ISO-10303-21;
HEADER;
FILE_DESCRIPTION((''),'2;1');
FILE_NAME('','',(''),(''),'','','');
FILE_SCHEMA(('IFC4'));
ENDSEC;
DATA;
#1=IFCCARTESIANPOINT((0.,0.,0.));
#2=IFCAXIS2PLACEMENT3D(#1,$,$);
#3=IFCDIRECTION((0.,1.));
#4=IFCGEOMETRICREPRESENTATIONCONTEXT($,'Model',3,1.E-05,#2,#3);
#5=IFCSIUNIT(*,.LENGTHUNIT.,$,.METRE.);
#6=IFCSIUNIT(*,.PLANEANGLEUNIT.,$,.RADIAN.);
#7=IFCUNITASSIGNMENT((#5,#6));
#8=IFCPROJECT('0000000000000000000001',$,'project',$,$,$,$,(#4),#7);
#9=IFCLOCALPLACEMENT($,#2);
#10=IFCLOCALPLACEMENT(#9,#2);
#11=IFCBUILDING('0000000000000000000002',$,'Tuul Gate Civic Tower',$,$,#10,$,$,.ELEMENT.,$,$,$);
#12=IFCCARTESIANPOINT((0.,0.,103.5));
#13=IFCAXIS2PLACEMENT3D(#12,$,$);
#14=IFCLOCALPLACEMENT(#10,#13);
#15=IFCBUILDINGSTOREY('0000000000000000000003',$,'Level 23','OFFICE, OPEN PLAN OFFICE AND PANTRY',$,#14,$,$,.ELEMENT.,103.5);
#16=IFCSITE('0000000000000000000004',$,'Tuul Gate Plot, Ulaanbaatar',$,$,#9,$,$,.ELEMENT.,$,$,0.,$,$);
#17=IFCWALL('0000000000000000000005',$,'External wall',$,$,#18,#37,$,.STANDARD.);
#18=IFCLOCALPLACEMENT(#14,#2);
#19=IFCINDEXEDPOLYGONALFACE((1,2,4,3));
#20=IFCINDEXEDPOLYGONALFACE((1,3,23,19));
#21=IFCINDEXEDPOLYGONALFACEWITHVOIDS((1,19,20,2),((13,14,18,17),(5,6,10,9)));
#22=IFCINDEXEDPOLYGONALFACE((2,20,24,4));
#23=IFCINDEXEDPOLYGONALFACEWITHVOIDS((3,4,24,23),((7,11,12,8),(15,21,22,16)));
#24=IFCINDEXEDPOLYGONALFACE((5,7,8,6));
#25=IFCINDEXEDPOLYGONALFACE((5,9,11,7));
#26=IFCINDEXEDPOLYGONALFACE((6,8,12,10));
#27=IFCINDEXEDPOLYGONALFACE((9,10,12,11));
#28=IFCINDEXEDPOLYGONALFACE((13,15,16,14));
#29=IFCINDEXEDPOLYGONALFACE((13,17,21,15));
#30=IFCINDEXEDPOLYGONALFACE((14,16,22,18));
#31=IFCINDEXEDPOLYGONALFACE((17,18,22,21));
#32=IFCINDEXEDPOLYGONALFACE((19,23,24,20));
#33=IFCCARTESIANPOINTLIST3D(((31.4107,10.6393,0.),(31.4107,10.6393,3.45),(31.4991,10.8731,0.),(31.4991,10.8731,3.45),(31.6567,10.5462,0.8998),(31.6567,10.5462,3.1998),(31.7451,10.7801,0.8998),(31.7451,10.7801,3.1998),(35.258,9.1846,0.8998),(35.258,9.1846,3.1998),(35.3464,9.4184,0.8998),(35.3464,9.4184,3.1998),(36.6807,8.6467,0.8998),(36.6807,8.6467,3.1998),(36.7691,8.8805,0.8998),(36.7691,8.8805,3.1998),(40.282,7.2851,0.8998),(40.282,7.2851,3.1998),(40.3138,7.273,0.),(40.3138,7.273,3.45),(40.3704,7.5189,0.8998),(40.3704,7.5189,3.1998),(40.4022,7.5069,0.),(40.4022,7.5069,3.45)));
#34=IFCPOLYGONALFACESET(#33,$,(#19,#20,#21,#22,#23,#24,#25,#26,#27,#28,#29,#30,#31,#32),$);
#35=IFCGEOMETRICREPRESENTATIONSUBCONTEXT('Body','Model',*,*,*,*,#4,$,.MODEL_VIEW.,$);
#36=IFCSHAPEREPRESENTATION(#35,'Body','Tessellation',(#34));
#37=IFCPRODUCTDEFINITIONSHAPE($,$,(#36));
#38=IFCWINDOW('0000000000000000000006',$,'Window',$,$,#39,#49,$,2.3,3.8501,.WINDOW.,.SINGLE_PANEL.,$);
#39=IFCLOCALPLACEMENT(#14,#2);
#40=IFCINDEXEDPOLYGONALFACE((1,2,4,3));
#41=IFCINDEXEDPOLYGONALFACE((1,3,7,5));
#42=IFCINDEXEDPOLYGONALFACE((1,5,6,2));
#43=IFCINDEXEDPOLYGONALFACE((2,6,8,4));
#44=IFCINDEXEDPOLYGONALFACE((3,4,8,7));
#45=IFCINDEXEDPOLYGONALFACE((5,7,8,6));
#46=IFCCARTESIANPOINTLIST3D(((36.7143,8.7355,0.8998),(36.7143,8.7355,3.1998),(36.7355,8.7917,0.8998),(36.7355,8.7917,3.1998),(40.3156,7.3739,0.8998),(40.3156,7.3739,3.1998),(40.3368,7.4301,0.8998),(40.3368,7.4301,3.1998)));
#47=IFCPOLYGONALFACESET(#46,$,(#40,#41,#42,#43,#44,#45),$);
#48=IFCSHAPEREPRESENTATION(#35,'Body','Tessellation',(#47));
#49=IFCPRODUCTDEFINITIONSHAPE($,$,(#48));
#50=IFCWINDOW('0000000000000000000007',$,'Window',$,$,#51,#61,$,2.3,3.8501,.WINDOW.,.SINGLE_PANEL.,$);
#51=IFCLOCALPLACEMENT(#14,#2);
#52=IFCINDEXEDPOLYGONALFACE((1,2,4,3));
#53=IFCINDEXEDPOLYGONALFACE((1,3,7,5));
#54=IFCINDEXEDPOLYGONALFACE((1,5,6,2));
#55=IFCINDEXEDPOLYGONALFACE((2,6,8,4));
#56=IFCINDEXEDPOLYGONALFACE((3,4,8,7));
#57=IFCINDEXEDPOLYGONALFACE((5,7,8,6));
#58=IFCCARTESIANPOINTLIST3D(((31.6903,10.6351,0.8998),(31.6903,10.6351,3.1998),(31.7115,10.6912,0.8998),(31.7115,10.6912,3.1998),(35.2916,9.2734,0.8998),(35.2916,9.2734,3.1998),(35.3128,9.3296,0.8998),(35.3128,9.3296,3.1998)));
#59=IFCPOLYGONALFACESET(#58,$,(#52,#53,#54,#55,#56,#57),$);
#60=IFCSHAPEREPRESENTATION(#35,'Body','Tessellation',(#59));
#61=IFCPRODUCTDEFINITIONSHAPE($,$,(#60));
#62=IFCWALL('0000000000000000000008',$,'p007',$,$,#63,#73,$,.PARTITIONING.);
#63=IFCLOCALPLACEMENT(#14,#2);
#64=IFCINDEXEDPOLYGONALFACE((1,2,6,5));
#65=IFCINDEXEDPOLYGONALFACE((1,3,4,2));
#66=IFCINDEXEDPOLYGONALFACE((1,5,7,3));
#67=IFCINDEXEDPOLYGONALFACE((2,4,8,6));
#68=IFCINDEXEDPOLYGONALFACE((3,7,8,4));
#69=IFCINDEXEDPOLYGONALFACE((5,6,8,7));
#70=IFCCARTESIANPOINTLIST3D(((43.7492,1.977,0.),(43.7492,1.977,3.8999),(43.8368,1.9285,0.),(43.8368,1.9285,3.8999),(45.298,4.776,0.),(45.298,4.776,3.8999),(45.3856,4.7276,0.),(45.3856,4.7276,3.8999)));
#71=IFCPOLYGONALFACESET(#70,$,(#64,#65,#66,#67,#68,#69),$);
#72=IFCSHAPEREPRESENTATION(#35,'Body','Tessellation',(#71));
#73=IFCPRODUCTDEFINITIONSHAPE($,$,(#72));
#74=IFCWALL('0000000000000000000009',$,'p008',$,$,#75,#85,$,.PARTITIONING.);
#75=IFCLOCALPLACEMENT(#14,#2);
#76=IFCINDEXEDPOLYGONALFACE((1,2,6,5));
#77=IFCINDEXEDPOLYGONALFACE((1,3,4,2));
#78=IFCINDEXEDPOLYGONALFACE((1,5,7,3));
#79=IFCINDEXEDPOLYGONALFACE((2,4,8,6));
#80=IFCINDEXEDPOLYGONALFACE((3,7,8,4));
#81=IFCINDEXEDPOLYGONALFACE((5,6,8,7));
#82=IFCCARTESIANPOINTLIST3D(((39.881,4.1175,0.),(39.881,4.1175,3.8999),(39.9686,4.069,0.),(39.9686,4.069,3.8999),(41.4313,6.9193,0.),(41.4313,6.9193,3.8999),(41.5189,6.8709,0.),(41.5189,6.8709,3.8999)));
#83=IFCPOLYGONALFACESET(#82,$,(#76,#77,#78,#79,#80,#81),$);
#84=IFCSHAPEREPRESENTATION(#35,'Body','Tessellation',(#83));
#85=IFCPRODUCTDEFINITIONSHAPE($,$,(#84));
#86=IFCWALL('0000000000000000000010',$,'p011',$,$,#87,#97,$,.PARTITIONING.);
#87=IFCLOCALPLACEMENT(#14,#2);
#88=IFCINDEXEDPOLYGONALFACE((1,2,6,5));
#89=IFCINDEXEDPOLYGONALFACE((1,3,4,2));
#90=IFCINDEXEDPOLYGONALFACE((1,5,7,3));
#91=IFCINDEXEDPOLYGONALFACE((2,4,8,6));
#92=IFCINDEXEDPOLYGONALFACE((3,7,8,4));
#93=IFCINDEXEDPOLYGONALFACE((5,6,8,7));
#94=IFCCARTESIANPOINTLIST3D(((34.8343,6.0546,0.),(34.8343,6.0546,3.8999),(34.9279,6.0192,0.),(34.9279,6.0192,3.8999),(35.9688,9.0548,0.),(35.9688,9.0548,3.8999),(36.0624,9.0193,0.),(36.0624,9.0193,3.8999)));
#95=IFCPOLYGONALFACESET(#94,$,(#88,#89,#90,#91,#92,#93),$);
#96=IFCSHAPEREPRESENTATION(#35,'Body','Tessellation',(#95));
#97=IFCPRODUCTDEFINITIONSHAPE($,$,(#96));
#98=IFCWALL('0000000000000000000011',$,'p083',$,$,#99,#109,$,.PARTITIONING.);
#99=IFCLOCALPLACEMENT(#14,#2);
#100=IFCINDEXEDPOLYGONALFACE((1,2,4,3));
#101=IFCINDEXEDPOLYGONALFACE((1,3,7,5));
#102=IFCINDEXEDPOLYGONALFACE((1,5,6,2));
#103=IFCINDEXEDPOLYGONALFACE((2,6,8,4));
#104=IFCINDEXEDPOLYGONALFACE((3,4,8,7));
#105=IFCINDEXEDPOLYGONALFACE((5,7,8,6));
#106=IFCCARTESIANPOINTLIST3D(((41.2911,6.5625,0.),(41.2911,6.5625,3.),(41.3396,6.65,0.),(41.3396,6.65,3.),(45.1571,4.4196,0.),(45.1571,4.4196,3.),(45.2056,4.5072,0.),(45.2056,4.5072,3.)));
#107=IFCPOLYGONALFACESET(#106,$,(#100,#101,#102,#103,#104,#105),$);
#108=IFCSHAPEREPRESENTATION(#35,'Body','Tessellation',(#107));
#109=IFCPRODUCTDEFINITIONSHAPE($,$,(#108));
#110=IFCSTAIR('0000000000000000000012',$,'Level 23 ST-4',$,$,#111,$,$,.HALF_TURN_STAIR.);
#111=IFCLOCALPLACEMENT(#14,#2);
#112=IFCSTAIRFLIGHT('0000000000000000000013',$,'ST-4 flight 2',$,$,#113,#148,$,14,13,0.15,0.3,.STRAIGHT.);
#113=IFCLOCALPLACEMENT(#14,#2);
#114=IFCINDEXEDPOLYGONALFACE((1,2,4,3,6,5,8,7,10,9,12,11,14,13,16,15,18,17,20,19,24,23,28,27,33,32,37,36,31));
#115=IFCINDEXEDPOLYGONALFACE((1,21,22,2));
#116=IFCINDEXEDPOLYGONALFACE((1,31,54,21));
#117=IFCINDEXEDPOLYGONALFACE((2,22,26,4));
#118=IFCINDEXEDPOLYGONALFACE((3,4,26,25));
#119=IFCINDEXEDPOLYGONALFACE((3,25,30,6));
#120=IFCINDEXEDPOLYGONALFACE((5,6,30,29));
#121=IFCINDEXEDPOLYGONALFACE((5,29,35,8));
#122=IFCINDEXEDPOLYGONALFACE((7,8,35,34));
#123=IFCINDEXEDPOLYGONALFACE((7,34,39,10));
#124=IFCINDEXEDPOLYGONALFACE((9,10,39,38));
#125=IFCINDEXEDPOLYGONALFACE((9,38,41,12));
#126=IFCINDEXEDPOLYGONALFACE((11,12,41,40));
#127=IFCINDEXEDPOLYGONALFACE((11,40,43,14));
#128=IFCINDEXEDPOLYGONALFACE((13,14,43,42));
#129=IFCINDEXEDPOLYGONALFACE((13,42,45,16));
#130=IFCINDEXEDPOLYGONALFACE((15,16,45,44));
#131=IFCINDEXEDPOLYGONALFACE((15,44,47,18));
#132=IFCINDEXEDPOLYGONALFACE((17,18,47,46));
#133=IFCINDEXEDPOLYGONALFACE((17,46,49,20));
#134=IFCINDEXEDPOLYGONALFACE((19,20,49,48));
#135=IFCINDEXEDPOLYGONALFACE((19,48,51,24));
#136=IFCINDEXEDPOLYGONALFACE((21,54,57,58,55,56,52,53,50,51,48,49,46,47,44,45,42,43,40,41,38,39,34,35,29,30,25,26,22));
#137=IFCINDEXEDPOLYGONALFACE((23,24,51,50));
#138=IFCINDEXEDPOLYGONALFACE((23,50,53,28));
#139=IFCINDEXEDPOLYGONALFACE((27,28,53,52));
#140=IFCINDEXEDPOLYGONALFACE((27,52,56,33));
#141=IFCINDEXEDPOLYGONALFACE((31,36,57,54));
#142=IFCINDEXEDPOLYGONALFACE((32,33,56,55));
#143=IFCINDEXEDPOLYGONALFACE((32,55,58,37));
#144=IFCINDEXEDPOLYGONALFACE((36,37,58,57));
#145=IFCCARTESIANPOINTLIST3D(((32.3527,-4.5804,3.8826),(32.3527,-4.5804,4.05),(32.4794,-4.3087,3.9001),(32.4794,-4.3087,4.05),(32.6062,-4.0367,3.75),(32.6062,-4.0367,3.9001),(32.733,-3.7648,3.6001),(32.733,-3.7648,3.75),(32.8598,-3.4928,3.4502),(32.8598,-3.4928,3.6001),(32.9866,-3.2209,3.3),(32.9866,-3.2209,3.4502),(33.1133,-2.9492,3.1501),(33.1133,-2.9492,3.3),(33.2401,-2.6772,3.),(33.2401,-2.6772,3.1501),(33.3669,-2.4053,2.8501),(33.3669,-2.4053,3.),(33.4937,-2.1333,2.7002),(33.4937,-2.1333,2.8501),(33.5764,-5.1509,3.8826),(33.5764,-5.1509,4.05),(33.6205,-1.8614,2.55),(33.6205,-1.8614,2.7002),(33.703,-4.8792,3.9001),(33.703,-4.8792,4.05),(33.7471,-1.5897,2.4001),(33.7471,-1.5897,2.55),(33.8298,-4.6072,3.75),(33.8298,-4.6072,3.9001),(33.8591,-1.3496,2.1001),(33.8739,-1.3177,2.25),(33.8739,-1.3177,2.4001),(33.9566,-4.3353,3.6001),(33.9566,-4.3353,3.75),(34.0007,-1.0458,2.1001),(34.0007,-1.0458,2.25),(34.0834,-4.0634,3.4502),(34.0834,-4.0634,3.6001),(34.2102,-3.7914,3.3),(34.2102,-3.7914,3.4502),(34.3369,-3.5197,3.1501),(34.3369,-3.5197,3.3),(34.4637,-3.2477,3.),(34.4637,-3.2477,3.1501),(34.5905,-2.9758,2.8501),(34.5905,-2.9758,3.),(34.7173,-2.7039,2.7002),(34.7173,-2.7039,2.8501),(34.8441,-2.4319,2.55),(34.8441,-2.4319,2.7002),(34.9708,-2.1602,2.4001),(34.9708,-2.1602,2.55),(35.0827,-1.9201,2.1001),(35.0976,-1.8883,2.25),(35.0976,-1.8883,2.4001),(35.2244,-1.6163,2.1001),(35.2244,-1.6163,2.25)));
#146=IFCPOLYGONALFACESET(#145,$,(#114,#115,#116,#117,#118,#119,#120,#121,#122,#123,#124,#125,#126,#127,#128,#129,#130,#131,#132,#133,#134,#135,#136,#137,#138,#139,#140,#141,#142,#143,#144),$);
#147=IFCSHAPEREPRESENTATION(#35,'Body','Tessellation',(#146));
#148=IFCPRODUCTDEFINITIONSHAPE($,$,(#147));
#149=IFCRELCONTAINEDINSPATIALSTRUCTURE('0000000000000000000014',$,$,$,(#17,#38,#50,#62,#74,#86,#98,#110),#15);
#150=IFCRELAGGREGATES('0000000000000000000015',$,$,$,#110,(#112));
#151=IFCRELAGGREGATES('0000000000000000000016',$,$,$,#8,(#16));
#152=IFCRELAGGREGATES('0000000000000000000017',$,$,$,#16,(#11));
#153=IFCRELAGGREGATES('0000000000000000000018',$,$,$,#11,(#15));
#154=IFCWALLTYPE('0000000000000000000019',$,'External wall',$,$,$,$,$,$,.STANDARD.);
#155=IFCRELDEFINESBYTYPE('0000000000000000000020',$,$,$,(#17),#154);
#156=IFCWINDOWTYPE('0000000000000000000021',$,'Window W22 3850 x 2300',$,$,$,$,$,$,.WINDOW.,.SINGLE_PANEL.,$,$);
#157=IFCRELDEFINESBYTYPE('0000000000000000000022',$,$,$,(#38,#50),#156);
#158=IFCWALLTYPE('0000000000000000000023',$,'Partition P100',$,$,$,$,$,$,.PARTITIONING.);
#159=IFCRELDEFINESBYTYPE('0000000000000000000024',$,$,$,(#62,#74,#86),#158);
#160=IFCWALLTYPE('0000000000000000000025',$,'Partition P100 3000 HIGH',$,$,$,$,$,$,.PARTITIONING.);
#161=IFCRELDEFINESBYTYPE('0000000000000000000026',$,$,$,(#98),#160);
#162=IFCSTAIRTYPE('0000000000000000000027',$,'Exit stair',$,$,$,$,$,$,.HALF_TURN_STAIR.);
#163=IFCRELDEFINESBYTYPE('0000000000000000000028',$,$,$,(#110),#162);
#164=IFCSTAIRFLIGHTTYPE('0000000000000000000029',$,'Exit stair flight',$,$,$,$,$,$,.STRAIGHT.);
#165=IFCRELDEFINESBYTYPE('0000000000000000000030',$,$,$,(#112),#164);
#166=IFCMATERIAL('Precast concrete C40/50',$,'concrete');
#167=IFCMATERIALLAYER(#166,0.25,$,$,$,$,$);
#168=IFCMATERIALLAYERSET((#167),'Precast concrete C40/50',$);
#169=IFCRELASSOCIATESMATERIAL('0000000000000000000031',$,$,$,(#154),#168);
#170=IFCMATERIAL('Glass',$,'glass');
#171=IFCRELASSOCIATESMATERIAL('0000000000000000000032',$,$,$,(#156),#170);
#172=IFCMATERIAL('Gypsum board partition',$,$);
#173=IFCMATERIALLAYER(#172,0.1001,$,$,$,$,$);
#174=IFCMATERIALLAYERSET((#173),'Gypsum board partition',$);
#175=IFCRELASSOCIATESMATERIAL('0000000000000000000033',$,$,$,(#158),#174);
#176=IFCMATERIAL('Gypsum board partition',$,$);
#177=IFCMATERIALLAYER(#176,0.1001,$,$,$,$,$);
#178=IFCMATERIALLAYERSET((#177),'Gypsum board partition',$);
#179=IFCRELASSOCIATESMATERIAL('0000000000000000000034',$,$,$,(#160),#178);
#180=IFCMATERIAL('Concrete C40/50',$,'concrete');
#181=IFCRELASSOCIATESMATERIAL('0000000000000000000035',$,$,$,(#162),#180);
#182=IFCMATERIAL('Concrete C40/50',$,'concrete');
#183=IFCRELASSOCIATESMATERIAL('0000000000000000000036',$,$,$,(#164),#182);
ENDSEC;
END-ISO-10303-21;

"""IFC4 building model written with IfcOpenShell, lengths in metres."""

from ifc_helpers import new_model, si_unit, direction, frame, frame_2d, origin, place, context, subcontext, project, spatial, polyline, rectangle, outline, extrude, material, layer, layer_set, type_object, element, fill, aggregate, save


model = new_model("IFC4")

# Units and contexts
model_context = context("Model", 3, precision=1e-05, world=origin(), true_north=direction((0.0, 1.0)))
body_context = subcontext(model_context, "Body", "Model", "MODEL_VIEW")
ifc_project = project(units=[si_unit("LENGTHUNIT", "METRE"), si_unit("PLANEANGLEUNIT", "RADIAN")], contexts=[model_context])

# Site, building, storey
site_placement = place(None, origin())
site = spatial("IfcSite", under=ifc_project, at=site_placement, Name="Tuul Gate Plot, Ulaanbaatar", CompositionType="ELEMENT", RefElevation=0.0)
building_placement = place(site_placement, origin())
building = spatial("IfcBuilding", under=site, at=building_placement, Name="Tuul Gate Civic Tower", CompositionType="ELEMENT")
storey_placement = place(building_placement, frame((0.0, 0.0, 103.5)))
storey = spatial("IfcBuildingStorey", under=building, at=storey_placement, Name="Level 23", Description="OFFICE, OPEN PLAN OFFICE AND PANTRY", CompositionType="ELEMENT", Elevation=103.5)

# Wall, openings, windows
ifc_material_1 = material(Name="Precast concrete C40/50", Category="concrete")
ifc_layer_1 = layer(ifc_material_1, 0.25)
ifc_layer_set_1 = layer_set([ifc_layer_1], Name="Precast concrete C40/50")
wall_type_1 = type_object("IfcWallType", Name="External wall", PredefinedType="STANDARD", material=ifc_layer_set_1)
wall_1_placement = place(storey_placement, frame((40.3582, 7.3899, 0.0), z_axis=(0.0, 0.0, 1.0), x_axis=(-0.935374, 0.35366, 0.0)))
wall_1 = element("IfcWall", 1, at=wall_1_placement, inside=storey, type_object=wall_type_1, Name="External wall", PredefinedType="STANDARD", context=body_context, shape_type="SweptSolid", body=[
    extrude(rectangle(XDim=9.5183, YDim=0.25, at=frame_2d((4.7593, 0.0))), origin(), (0.0, 0.0, 1.0), 3.45),
])
opening_1_placement = place(wall_1_placement, frame((0.0342, 0.0, 0.8999)))
opening_1 = element("IfcOpeningElement", 2, at=opening_1_placement, cuts=wall_1, PredefinedType="OPENING", context=body_context, shape_type="SweptSolid", body=[
    extrude(rectangle(XDim=3.8501, YDim=2.3, at=frame_2d((1.925, 1.1499))), frame((0.0, 0.135, 0.0), z_axis=(0.0, -1.0, 0.0), x_axis=(1.0, 0.0, 0.0)), (0.0, 0.0, 1.0), 0.27),
])
opening_2_placement = place(wall_1_placement, frame((5.4053, 0.0, 0.8999)))
opening_2 = element("IfcOpeningElement", 3, at=opening_2_placement, cuts=wall_1, PredefinedType="OPENING", context=body_context, shape_type="SweptSolid", body=[
    extrude(rectangle(XDim=3.8501, YDim=2.3, at=frame_2d((1.925, 1.1499))), frame((0.0, 0.135, 0.0), z_axis=(0.0, -1.0, 0.0), x_axis=(1.0, 0.0, 0.0)), (0.0, 0.0, 1.0), 0.27),
])
ifc_material_2 = material(Name="Glass", Category="glass")
window_type = type_object("IfcWindowType", Name="Window W22 3850 x 2300", PartitioningType="SINGLE_PANEL", PredefinedType="WINDOW", material=ifc_material_2)
window_1_placement = place(opening_1_placement, origin())
window_1 = element("IfcWindow", 4, at=window_1_placement, inside=storey, type_object=window_type, Name="Window", OverallHeight=2.3, OverallWidth=3.8501, PartitioningType="SINGLE_PANEL", PredefinedType="WINDOW", context=body_context, shape_type="SweptSolid", body=[
    extrude(rectangle(XDim=3.8501, YDim=2.3, at=frame_2d((1.925, 1.1499))), frame((0.0, 0.03, 0.0), z_axis=(0.0, -1.0, 0.0), x_axis=(1.0, 0.0, 0.0)), (0.0, 0.0, 1.0), 0.0601),
])
fill(opening_1, window_1)
window_2_placement = place(opening_2_placement, origin())
window_2 = element("IfcWindow", 5, at=window_2_placement, inside=storey, type_object=window_type, Name="Window", OverallHeight=2.3, OverallWidth=3.8501, PartitioningType="SINGLE_PANEL", PredefinedType="WINDOW", context=body_context, shape_type="SweptSolid", body=[
    extrude(rectangle(XDim=3.8501, YDim=2.3, at=frame_2d((1.925, 1.1499))), frame((0.0, 0.03, 0.0), z_axis=(0.0, -1.0, 0.0), x_axis=(1.0, 0.0, 0.0)), (0.0, 0.0, 1.0), 0.0601),
])
fill(opening_2, window_2)

# Walls
ifc_material_3 = material(Name="Gypsum board partition")
ifc_layer_2 = layer(ifc_material_3, 0.1001)
ifc_layer_set_2 = layer_set([ifc_layer_2], Name="Gypsum board partition")
wall_type_2 = type_object("IfcWallType", Name="Partition P100", PredefinedType="PARTITIONING", material=ifc_layer_set_2)
wall_2_placement = place(storey_placement, frame((43.793, 1.9526, 0.0), z_axis=(0.0, 0.0, 1.0), x_axis=(0.484158, 0.87498, 0.0)))
element("IfcWall", 6, at=wall_2_placement, inside=storey, type_object=wall_type_2, Name="p007", PredefinedType="PARTITIONING", context=body_context, shape_type="SweptSolid", body=[
    extrude(rectangle(XDim=3.199, YDim=0.1001, at=frame_2d((1.5996, 0.0))), origin(), (0.0, 0.0, 1.0), 3.8999),
])
wall_3_placement = place(storey_placement, frame((39.9248, 4.0933, 0.0), z_axis=(0.0, 0.0, 1.0), x_axis=(0.484153, 0.874983, 0.0)))
element("IfcWall", 7, at=wall_3_placement, inside=storey, type_object=wall_type_2, Name="p008", PredefinedType="PARTITIONING", context=body_context, shape_type="SweptSolid", body=[
    extrude(rectangle(XDim=3.2021, YDim=0.1001, at=frame_2d((1.6011, 0.0))), origin(), (0.0, 0.0, 1.0), 3.8999),
])
wall_4_placement = place(storey_placement, frame((34.8811, 6.0369, 0.0), z_axis=(0.0, 0.0, 1.0), x_axis=(0.3537, 0.935359, 0.0)))
element("IfcWall", 8, at=wall_4_placement, inside=storey, type_object=wall_type_2, Name="p011", PredefinedType="PARTITIONING", context=body_context, shape_type="SweptSolid", body=[
    extrude(rectangle(XDim=3.2075, YDim=0.1001, at=frame_2d((1.6038, 0.0))), origin(), (0.0, 0.0, 1.0), 3.8999),
])
ifc_material_4 = material(Name="Gypsum board partition")
ifc_layer_3 = layer(ifc_material_4, 0.1001)
ifc_layer_set_3 = layer_set([ifc_layer_3], Name="Gypsum board partition")
wall_type_3 = type_object("IfcWallType", Name="Partition P100 3000 HIGH", PredefinedType="PARTITIONING", material=ifc_layer_set_3)
wall_5_placement = place(storey_placement, frame((41.3154, 6.6062, 0.0), z_axis=(0.0, 0.0, 1.0), x_axis=(0.874631, -0.484789, 0.0)))
element("IfcWall", 9, at=wall_5_placement, inside=storey, type_object=wall_type_3, Name="p083", PredefinedType="PARTITIONING", context=body_context, shape_type="SweptSolid", body=[
    extrude(rectangle(XDim=4.4202, YDim=0.1001, at=frame_2d((2.21, 0.0))), origin(), (0.0, 0.0, 1.0), 3.0),
])

# Stair, stair flight
ifc_material_5 = material(Name="Concrete C40/50", Category="concrete")
stair_type = type_object("IfcStairType", Name="Exit stair", PredefinedType="HALF_TURN_STAIR", material=ifc_material_5)
stair_placement = place(storey_placement, origin())
stair = element("IfcStair", 10, at=stair_placement, inside=storey, type_object=stair_type, Name="Level 23 ST-4", PredefinedType="HALF_TURN_STAIR")
ifc_material_6 = material(Name="Concrete C40/50", Category="concrete")
stair_flight_type = type_object("IfcStairFlightType", Name="Exit stair flight", PredefinedType="STRAIGHT", material=ifc_material_6)
stair_flight_placement = place(storey_placement, frame((34.6125, -1.3311, 2.1001), z_axis=(0.0, 0.0, 1.0), x_axis=(-0.422576, -0.906327, 0.0)))
stair_flight = element("IfcStairFlight", 11, at=stair_flight_placement, type_object=stair_flight_type, Name="ST-4 flight 2", NumberOfRisers=14, NumberOfTreads=13, PredefinedType="STRAIGHT", RiserHeight=0.15, TreadLength=0.3, context=body_context, shape_type="SweptSolid", body=[
    extrude(outline(polyline([(0.0, 0.0), (0.0, 0.1499), (0.3, 0.1499), (0.3, 0.3), (0.6001, 0.3), (0.6001, 0.45), (0.8999, 0.45), (0.8999, 0.6001), (1.2, 0.6001), (1.2, 0.75), (1.5, 0.75), (1.5, 0.8999), (1.8, 0.8999), (1.8, 1.05), (2.1001, 1.05), (2.1001, 1.2), (2.3999, 1.2), (2.3999, 1.3501), (2.7, 1.3501), (2.7, 1.5), (3.0, 1.5), (3.0, 1.6499), (3.3, 1.6499), (3.3, 1.8), (3.6001, 1.8), (3.6001, 1.95), (3.8999, 1.95), (3.8999, 2.1001), (3.8999, 1.7825), (0.3352, 0.0), (0.0, 0.0)])), frame((0.0, 0.675, 0.0), z_axis=(0.0, -1.0, 0.0), x_axis=(1.0, 0.0, 0.0)), (0.0, 0.0, 1.0), 1.3501),
])
aggregate(stair, [stair_flight])

save(model, "model.ifc")
